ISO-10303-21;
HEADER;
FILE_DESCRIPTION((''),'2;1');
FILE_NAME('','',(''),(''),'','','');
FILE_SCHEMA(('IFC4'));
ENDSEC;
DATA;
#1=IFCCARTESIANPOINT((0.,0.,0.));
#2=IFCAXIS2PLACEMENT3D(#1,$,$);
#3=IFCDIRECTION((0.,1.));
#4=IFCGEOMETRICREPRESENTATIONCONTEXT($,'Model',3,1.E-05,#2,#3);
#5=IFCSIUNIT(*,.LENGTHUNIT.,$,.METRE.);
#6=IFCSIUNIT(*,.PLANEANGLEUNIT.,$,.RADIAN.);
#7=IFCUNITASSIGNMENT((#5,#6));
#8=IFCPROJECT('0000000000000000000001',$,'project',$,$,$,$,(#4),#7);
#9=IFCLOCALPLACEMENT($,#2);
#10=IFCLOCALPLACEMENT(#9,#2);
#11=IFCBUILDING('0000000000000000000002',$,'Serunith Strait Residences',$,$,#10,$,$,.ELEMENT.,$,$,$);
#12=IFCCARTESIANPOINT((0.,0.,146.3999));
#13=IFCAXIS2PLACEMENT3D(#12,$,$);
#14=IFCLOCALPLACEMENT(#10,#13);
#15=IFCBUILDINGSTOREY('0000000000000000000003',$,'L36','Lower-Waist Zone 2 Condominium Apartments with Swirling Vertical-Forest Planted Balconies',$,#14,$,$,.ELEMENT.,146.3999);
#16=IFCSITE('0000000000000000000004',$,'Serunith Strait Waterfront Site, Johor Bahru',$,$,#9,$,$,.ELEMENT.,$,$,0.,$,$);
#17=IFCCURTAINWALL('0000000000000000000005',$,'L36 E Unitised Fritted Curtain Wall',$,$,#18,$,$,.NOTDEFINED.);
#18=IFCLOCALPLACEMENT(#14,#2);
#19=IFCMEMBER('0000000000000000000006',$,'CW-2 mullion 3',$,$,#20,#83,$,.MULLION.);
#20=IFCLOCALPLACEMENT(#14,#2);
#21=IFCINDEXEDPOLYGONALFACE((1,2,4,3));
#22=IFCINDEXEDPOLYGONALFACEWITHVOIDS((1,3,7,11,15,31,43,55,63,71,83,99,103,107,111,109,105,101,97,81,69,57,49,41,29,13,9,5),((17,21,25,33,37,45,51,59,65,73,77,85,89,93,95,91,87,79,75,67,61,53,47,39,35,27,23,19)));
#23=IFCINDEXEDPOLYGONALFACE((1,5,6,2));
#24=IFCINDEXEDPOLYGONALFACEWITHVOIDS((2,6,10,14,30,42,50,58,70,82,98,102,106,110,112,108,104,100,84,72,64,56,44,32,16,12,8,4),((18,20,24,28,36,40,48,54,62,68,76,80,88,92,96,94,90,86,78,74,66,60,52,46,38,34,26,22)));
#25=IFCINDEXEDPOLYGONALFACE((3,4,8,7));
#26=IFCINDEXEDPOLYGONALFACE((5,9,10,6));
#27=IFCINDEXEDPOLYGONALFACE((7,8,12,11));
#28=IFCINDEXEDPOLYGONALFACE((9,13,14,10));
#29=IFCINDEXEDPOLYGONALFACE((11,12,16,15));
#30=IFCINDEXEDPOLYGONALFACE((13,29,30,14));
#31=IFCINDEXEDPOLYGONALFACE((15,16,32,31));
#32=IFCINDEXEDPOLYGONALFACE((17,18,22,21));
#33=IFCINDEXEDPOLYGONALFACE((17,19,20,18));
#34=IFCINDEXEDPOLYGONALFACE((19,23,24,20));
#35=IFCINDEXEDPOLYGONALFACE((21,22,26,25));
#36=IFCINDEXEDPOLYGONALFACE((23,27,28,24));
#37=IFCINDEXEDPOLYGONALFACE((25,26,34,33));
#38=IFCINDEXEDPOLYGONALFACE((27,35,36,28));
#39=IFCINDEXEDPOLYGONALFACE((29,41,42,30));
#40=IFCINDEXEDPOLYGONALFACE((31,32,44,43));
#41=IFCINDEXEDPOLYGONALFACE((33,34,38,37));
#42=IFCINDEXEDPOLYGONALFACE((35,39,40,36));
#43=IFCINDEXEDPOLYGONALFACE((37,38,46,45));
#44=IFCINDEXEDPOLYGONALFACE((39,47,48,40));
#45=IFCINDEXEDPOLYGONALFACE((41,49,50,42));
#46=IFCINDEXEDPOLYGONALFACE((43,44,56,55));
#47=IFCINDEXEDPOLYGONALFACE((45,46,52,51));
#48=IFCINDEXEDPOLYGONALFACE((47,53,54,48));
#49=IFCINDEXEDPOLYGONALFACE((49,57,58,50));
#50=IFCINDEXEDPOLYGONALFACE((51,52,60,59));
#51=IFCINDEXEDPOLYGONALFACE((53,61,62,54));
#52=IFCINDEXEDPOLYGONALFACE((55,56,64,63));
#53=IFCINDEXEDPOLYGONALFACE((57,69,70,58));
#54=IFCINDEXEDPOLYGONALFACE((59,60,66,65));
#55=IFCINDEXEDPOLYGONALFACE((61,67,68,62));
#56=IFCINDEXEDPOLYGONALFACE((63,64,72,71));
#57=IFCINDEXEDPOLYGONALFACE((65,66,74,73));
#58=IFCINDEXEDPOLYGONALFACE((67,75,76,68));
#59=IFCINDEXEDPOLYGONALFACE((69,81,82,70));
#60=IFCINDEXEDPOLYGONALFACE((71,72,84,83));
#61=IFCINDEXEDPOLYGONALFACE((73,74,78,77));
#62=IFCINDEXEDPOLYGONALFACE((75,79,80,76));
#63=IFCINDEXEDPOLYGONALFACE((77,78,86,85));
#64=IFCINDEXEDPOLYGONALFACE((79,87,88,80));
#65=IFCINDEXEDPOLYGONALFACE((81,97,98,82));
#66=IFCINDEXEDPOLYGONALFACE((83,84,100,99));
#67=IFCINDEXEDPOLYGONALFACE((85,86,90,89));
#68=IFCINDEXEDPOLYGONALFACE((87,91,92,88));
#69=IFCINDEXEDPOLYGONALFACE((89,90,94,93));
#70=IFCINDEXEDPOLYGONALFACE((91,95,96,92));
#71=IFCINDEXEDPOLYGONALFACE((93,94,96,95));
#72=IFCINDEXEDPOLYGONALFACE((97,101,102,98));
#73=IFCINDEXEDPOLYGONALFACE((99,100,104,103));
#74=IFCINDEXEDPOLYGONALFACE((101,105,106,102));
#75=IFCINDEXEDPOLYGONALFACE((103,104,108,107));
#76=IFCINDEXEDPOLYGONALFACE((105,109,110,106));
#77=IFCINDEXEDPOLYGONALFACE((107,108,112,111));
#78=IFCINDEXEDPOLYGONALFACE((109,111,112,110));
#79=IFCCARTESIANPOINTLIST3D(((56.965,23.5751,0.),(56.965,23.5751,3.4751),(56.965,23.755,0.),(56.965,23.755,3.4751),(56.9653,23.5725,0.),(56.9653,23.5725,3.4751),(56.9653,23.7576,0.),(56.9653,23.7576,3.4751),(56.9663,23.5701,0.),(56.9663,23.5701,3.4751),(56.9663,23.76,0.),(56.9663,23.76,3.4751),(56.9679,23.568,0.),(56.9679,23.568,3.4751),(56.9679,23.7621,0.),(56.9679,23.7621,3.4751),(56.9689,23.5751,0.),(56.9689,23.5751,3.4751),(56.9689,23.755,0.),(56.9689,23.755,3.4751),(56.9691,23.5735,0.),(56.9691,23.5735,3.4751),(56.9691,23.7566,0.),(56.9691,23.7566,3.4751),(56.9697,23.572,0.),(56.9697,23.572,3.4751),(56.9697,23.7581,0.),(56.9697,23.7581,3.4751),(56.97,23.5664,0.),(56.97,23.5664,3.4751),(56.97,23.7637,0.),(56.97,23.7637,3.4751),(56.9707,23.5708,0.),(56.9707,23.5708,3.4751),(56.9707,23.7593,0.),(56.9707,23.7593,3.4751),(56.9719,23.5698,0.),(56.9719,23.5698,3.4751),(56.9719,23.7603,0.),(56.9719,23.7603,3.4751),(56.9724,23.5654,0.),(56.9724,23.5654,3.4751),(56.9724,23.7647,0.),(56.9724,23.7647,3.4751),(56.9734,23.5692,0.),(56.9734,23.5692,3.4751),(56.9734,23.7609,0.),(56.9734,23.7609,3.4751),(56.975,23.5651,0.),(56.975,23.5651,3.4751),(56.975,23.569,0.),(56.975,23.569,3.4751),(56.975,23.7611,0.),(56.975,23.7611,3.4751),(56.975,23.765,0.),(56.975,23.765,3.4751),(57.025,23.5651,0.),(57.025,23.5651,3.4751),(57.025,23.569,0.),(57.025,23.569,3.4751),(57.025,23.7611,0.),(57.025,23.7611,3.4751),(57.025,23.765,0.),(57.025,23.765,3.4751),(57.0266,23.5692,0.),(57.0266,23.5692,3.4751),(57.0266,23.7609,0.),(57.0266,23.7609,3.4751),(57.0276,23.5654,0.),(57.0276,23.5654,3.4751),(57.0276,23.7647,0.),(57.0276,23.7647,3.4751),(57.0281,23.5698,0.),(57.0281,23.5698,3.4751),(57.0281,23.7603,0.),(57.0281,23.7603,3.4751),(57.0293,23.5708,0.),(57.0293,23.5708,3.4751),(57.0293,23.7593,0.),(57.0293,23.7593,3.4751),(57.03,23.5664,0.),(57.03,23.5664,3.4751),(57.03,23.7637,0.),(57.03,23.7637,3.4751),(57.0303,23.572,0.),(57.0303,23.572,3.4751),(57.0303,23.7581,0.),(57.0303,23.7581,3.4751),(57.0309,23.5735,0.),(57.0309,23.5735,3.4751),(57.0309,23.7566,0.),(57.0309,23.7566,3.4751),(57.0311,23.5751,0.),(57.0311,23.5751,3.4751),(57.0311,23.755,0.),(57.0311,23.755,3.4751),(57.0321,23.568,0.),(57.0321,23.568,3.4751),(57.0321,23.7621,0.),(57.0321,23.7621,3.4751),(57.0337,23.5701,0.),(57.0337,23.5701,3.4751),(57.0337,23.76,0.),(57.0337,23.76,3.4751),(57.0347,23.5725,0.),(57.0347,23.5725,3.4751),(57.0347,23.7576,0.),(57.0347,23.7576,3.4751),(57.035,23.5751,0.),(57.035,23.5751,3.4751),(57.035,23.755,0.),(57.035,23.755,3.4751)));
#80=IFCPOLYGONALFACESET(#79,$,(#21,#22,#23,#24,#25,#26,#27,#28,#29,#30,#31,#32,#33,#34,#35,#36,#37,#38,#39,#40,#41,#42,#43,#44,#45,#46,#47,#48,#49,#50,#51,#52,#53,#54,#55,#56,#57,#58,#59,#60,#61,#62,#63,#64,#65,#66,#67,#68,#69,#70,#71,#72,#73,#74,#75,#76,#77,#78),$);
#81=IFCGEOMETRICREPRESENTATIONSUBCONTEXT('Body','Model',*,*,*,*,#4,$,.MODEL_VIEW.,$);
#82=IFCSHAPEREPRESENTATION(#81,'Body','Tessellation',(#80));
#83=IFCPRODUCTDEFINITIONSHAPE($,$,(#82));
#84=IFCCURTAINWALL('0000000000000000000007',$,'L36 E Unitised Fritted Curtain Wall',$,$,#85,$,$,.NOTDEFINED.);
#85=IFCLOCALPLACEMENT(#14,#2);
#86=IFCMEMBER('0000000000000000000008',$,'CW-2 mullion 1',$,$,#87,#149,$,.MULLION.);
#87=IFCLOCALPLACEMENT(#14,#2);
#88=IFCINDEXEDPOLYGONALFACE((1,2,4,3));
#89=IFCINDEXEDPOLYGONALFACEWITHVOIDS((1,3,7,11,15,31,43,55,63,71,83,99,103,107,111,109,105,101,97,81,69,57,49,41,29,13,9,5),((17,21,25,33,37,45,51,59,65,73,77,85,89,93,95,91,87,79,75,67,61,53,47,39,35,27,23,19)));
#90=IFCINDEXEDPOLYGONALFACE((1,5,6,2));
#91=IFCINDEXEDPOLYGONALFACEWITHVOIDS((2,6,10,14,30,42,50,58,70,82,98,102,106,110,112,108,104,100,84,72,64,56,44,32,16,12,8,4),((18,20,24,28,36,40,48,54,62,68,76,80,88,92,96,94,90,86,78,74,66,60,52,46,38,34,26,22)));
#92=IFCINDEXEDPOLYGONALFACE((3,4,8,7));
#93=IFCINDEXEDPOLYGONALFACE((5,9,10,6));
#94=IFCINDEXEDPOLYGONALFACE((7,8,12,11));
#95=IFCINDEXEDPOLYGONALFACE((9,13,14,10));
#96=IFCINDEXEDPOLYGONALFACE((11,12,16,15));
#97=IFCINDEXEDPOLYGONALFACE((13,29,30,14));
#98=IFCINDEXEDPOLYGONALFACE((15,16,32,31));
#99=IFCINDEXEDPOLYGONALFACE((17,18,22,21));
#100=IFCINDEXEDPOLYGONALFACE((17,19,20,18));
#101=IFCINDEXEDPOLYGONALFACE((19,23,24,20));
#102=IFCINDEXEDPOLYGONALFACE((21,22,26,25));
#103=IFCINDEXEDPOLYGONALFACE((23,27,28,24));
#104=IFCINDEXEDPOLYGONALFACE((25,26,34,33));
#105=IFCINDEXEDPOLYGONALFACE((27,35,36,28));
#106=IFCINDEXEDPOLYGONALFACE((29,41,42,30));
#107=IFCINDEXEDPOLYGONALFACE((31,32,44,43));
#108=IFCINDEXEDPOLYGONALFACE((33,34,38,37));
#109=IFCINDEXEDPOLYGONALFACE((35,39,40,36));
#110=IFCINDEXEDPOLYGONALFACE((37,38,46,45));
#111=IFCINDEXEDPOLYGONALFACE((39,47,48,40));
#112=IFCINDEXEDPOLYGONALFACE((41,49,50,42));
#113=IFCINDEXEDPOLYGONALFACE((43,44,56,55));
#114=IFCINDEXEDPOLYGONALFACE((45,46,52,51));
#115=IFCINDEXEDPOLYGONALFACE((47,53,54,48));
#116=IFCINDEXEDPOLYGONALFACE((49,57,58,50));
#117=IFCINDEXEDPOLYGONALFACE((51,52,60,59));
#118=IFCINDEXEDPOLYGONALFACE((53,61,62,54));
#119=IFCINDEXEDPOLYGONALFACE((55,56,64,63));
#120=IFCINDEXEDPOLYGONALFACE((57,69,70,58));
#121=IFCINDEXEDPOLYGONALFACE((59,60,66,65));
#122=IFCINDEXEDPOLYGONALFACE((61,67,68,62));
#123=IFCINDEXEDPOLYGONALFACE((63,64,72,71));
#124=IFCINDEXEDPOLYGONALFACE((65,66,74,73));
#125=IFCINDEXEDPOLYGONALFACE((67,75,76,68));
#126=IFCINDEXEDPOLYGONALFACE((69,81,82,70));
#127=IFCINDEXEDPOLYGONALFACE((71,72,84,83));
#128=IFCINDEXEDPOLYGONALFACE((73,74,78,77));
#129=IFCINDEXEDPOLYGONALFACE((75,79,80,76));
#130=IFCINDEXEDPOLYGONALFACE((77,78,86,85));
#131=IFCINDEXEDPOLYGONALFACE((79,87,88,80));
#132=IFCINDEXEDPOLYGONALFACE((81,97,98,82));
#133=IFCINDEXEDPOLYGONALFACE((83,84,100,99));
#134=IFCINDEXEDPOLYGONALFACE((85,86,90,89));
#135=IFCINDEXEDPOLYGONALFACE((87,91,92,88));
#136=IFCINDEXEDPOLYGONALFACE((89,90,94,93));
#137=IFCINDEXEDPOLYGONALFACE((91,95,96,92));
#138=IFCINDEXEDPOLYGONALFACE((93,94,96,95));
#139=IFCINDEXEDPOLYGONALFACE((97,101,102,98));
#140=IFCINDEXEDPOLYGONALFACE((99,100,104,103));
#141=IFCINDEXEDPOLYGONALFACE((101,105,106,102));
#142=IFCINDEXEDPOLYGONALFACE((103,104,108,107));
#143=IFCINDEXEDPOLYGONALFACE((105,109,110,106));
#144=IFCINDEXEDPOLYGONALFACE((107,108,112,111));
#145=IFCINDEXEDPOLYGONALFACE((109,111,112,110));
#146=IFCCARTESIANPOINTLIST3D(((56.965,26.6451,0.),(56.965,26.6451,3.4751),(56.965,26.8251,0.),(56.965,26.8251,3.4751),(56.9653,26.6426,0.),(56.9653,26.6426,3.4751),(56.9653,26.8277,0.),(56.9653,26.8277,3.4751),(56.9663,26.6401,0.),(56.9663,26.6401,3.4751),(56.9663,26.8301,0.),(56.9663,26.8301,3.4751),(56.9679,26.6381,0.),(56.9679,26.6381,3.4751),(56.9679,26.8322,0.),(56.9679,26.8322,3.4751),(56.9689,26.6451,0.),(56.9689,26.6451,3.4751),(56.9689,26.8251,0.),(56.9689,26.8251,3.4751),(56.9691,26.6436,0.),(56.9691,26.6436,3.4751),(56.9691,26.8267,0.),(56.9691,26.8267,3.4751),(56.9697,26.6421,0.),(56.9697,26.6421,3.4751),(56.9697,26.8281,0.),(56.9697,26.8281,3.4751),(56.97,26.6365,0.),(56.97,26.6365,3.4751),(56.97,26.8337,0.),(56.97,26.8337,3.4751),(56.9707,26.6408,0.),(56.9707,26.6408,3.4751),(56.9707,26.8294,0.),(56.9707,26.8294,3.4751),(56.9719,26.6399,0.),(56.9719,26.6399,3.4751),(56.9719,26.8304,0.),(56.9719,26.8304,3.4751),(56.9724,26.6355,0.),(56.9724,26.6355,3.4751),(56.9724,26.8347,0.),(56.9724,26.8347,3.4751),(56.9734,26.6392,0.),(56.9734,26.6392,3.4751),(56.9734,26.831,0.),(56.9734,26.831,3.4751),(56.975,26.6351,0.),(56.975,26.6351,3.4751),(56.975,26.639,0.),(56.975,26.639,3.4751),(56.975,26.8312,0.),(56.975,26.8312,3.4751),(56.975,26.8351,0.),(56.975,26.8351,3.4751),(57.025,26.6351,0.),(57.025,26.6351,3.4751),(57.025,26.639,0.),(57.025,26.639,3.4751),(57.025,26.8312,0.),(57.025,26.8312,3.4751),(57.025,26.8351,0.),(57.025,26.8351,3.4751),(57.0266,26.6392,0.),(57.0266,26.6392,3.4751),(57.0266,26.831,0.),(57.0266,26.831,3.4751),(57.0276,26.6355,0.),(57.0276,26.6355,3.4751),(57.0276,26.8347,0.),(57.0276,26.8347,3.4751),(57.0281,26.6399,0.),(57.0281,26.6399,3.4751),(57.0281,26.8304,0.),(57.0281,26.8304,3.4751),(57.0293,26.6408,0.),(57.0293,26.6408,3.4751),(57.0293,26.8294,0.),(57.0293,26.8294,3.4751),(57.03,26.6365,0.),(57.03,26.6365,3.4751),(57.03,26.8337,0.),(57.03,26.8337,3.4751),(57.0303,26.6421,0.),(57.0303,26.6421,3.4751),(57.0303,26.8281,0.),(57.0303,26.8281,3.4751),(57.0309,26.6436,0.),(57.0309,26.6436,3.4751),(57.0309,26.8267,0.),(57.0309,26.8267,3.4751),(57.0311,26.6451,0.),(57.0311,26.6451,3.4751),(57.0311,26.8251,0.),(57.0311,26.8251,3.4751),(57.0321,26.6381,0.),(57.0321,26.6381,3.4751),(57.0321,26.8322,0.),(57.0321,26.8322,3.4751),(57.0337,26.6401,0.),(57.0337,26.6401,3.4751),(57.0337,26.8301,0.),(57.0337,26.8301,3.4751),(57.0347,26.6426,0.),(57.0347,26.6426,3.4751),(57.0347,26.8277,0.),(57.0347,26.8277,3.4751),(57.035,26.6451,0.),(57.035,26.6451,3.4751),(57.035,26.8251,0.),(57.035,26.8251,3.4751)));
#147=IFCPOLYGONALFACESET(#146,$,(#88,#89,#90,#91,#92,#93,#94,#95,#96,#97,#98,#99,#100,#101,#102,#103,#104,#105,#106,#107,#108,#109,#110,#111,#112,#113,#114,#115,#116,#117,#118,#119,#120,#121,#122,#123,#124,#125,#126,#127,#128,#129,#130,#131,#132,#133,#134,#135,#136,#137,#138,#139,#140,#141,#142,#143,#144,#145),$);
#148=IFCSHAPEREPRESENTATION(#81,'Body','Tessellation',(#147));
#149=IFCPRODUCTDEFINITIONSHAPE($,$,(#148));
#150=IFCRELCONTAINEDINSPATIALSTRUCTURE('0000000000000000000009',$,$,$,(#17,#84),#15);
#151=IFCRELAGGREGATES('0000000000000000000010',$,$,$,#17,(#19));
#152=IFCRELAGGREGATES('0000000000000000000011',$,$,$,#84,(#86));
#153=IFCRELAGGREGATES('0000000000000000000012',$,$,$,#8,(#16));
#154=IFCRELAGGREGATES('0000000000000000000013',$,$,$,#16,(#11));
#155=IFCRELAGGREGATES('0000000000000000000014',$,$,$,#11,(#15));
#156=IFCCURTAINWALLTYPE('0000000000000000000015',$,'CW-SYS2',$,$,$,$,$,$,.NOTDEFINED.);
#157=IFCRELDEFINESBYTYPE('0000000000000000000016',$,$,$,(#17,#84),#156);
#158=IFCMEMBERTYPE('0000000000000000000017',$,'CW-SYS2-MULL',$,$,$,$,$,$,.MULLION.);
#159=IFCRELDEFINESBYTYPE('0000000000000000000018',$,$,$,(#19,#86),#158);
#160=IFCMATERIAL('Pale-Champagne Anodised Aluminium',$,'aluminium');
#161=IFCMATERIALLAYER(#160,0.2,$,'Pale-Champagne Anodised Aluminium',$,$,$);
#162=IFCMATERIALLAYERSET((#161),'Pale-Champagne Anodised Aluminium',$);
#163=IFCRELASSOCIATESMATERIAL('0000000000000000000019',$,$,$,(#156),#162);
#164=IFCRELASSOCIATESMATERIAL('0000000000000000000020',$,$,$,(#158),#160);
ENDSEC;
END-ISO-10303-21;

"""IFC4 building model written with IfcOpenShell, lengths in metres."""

from ifc_helpers import new_model, si_unit, direction, frame, origin, origin_2d, place, context, subcontext, project, spatial, hollow_rectangle, extrude, source, transform, mapped, material, layer, layer_set, material_profile, profile_set, type_object, element, aggregate, save


model = new_model("IFC4")

# Units and contexts
model_context = context("Model", 3, precision=1e-05, world=origin(), true_north=direction((0.0, 1.0)))
body_context = subcontext(model_context, "Body", "Model", "MODEL_VIEW")
ifc_project = project(units=[si_unit("LENGTHUNIT", "METRE"), si_unit("PLANEANGLEUNIT", "RADIAN")], contexts=[model_context])

# Site, building, storey
site_placement = place(None, origin())
site = spatial("IfcSite", under=ifc_project, at=site_placement, Name="Serunith Strait Waterfront Site, Johor Bahru", CompositionType="ELEMENT", RefElevation=0.0)
building_placement = place(site_placement, origin())
building = spatial("IfcBuilding", under=site, at=building_placement, Name="Serunith Strait Residences", CompositionType="ELEMENT")
storey_placement = place(building_placement, frame((0.0, 0.0, 146.3999)))
storey = spatial("IfcBuildingStorey", under=building, at=storey_placement, Name="L36", Description="Lower-Waist Zone 2 Condominium Apartments with Swirling Vertical-Forest Planted Balconies", CompositionType="ELEMENT", Elevation=146.3999)

# Curtain wall, member
ifc_material_1 = material(Name="Pale-Champagne Anodised Aluminium", Category="aluminium")
ifc_layer_1 = layer(ifc_material_1, 0.2, Name="Pale-Champagne Anodised Aluminium")
ifc_layer_set_1 = layer_set([ifc_layer_1], Name="Pale-Champagne Anodised Aluminium")
curtain_wall_type = type_object("IfcCurtainWallType", Name="CW-SYS2", PredefinedType="NOTDEFINED", material=ifc_layer_set_1)
curtain_wall_1_placement = place(storey_placement, origin())
curtain_wall_1 = element("IfcCurtainWall", 1, at=curtain_wall_1_placement, inside=storey, type_object=curtain_wall_type, Name="L36 E Unitised Fritted Curtain Wall", PredefinedType="NOTDEFINED")
ifc_material_profile_1 = material_profile(ifc_material_1, hollow_rectangle(XDim=0.0701, YDim=0.2, WallThickness=0.0039, InnerFilletRadius=0.0061, OuterFilletRadius=0.01, at=origin_2d()), Name="ALU 200x70x4")
ifc_profile_set_1 = profile_set([ifc_material_profile_1], Name="Pale-Champagne Anodised Aluminium")
member_type_1 = type_object("IfcMemberType", Name="CW-SYS2-MULL", PredefinedType="MULLION", material=ifc_profile_set_1)
shared_shape_1 = source(origin(), body_context, "Body", "SweptSolid", [
    extrude(hollow_rectangle(XDim=0.0701, YDim=0.2, WallThickness=0.0039, InnerFilletRadius=0.0061, OuterFilletRadius=0.01, at=origin_2d()), origin(), (0.0, 0.0, 1.0), 3.4751),
])
member_1_placement = place(storey_placement, frame((57.0, 23.665, 0.0), z_axis=(0.0, 0.0, 1.0), x_axis=(-1.0, 0.0, 0.0)))
member_1 = element("IfcMember", 2, at=member_1_placement, type_object=member_type_1, Name="CW-2 mullion 3", PredefinedType="MULLION", context=body_context, shape_type="MappedRepresentation", body=[
    mapped(shared_shape_1, transform((0.0, 0.0, 0.0), scale=1.0)),
])
aggregate(curtain_wall_1, [member_1])

# Curtain wall, member
curtain_wall_2_placement = place(storey_placement, origin())
curtain_wall_2 = element("IfcCurtainWall", 3, at=curtain_wall_2_placement, inside=storey, type_object=curtain_wall_type, Name="L36 E Unitised Fritted Curtain Wall", PredefinedType="NOTDEFINED")
member_2_placement = place(storey_placement, frame((57.0, 26.7351, 0.0), z_axis=(0.0, 0.0, 1.0), x_axis=(-1.0, 0.0, 0.0)))
member_2 = element("IfcMember", 4, at=member_2_placement, type_object=member_type_1, Name="CW-2 mullion 1", PredefinedType="MULLION", context=body_context, shape_type="MappedRepresentation", body=[
    mapped(shared_shape_1, transform((0.0, 0.0, 0.0), scale=1.0)),
])
aggregate(curtain_wall_2, [member_2])

save(model, "model.ifc")
